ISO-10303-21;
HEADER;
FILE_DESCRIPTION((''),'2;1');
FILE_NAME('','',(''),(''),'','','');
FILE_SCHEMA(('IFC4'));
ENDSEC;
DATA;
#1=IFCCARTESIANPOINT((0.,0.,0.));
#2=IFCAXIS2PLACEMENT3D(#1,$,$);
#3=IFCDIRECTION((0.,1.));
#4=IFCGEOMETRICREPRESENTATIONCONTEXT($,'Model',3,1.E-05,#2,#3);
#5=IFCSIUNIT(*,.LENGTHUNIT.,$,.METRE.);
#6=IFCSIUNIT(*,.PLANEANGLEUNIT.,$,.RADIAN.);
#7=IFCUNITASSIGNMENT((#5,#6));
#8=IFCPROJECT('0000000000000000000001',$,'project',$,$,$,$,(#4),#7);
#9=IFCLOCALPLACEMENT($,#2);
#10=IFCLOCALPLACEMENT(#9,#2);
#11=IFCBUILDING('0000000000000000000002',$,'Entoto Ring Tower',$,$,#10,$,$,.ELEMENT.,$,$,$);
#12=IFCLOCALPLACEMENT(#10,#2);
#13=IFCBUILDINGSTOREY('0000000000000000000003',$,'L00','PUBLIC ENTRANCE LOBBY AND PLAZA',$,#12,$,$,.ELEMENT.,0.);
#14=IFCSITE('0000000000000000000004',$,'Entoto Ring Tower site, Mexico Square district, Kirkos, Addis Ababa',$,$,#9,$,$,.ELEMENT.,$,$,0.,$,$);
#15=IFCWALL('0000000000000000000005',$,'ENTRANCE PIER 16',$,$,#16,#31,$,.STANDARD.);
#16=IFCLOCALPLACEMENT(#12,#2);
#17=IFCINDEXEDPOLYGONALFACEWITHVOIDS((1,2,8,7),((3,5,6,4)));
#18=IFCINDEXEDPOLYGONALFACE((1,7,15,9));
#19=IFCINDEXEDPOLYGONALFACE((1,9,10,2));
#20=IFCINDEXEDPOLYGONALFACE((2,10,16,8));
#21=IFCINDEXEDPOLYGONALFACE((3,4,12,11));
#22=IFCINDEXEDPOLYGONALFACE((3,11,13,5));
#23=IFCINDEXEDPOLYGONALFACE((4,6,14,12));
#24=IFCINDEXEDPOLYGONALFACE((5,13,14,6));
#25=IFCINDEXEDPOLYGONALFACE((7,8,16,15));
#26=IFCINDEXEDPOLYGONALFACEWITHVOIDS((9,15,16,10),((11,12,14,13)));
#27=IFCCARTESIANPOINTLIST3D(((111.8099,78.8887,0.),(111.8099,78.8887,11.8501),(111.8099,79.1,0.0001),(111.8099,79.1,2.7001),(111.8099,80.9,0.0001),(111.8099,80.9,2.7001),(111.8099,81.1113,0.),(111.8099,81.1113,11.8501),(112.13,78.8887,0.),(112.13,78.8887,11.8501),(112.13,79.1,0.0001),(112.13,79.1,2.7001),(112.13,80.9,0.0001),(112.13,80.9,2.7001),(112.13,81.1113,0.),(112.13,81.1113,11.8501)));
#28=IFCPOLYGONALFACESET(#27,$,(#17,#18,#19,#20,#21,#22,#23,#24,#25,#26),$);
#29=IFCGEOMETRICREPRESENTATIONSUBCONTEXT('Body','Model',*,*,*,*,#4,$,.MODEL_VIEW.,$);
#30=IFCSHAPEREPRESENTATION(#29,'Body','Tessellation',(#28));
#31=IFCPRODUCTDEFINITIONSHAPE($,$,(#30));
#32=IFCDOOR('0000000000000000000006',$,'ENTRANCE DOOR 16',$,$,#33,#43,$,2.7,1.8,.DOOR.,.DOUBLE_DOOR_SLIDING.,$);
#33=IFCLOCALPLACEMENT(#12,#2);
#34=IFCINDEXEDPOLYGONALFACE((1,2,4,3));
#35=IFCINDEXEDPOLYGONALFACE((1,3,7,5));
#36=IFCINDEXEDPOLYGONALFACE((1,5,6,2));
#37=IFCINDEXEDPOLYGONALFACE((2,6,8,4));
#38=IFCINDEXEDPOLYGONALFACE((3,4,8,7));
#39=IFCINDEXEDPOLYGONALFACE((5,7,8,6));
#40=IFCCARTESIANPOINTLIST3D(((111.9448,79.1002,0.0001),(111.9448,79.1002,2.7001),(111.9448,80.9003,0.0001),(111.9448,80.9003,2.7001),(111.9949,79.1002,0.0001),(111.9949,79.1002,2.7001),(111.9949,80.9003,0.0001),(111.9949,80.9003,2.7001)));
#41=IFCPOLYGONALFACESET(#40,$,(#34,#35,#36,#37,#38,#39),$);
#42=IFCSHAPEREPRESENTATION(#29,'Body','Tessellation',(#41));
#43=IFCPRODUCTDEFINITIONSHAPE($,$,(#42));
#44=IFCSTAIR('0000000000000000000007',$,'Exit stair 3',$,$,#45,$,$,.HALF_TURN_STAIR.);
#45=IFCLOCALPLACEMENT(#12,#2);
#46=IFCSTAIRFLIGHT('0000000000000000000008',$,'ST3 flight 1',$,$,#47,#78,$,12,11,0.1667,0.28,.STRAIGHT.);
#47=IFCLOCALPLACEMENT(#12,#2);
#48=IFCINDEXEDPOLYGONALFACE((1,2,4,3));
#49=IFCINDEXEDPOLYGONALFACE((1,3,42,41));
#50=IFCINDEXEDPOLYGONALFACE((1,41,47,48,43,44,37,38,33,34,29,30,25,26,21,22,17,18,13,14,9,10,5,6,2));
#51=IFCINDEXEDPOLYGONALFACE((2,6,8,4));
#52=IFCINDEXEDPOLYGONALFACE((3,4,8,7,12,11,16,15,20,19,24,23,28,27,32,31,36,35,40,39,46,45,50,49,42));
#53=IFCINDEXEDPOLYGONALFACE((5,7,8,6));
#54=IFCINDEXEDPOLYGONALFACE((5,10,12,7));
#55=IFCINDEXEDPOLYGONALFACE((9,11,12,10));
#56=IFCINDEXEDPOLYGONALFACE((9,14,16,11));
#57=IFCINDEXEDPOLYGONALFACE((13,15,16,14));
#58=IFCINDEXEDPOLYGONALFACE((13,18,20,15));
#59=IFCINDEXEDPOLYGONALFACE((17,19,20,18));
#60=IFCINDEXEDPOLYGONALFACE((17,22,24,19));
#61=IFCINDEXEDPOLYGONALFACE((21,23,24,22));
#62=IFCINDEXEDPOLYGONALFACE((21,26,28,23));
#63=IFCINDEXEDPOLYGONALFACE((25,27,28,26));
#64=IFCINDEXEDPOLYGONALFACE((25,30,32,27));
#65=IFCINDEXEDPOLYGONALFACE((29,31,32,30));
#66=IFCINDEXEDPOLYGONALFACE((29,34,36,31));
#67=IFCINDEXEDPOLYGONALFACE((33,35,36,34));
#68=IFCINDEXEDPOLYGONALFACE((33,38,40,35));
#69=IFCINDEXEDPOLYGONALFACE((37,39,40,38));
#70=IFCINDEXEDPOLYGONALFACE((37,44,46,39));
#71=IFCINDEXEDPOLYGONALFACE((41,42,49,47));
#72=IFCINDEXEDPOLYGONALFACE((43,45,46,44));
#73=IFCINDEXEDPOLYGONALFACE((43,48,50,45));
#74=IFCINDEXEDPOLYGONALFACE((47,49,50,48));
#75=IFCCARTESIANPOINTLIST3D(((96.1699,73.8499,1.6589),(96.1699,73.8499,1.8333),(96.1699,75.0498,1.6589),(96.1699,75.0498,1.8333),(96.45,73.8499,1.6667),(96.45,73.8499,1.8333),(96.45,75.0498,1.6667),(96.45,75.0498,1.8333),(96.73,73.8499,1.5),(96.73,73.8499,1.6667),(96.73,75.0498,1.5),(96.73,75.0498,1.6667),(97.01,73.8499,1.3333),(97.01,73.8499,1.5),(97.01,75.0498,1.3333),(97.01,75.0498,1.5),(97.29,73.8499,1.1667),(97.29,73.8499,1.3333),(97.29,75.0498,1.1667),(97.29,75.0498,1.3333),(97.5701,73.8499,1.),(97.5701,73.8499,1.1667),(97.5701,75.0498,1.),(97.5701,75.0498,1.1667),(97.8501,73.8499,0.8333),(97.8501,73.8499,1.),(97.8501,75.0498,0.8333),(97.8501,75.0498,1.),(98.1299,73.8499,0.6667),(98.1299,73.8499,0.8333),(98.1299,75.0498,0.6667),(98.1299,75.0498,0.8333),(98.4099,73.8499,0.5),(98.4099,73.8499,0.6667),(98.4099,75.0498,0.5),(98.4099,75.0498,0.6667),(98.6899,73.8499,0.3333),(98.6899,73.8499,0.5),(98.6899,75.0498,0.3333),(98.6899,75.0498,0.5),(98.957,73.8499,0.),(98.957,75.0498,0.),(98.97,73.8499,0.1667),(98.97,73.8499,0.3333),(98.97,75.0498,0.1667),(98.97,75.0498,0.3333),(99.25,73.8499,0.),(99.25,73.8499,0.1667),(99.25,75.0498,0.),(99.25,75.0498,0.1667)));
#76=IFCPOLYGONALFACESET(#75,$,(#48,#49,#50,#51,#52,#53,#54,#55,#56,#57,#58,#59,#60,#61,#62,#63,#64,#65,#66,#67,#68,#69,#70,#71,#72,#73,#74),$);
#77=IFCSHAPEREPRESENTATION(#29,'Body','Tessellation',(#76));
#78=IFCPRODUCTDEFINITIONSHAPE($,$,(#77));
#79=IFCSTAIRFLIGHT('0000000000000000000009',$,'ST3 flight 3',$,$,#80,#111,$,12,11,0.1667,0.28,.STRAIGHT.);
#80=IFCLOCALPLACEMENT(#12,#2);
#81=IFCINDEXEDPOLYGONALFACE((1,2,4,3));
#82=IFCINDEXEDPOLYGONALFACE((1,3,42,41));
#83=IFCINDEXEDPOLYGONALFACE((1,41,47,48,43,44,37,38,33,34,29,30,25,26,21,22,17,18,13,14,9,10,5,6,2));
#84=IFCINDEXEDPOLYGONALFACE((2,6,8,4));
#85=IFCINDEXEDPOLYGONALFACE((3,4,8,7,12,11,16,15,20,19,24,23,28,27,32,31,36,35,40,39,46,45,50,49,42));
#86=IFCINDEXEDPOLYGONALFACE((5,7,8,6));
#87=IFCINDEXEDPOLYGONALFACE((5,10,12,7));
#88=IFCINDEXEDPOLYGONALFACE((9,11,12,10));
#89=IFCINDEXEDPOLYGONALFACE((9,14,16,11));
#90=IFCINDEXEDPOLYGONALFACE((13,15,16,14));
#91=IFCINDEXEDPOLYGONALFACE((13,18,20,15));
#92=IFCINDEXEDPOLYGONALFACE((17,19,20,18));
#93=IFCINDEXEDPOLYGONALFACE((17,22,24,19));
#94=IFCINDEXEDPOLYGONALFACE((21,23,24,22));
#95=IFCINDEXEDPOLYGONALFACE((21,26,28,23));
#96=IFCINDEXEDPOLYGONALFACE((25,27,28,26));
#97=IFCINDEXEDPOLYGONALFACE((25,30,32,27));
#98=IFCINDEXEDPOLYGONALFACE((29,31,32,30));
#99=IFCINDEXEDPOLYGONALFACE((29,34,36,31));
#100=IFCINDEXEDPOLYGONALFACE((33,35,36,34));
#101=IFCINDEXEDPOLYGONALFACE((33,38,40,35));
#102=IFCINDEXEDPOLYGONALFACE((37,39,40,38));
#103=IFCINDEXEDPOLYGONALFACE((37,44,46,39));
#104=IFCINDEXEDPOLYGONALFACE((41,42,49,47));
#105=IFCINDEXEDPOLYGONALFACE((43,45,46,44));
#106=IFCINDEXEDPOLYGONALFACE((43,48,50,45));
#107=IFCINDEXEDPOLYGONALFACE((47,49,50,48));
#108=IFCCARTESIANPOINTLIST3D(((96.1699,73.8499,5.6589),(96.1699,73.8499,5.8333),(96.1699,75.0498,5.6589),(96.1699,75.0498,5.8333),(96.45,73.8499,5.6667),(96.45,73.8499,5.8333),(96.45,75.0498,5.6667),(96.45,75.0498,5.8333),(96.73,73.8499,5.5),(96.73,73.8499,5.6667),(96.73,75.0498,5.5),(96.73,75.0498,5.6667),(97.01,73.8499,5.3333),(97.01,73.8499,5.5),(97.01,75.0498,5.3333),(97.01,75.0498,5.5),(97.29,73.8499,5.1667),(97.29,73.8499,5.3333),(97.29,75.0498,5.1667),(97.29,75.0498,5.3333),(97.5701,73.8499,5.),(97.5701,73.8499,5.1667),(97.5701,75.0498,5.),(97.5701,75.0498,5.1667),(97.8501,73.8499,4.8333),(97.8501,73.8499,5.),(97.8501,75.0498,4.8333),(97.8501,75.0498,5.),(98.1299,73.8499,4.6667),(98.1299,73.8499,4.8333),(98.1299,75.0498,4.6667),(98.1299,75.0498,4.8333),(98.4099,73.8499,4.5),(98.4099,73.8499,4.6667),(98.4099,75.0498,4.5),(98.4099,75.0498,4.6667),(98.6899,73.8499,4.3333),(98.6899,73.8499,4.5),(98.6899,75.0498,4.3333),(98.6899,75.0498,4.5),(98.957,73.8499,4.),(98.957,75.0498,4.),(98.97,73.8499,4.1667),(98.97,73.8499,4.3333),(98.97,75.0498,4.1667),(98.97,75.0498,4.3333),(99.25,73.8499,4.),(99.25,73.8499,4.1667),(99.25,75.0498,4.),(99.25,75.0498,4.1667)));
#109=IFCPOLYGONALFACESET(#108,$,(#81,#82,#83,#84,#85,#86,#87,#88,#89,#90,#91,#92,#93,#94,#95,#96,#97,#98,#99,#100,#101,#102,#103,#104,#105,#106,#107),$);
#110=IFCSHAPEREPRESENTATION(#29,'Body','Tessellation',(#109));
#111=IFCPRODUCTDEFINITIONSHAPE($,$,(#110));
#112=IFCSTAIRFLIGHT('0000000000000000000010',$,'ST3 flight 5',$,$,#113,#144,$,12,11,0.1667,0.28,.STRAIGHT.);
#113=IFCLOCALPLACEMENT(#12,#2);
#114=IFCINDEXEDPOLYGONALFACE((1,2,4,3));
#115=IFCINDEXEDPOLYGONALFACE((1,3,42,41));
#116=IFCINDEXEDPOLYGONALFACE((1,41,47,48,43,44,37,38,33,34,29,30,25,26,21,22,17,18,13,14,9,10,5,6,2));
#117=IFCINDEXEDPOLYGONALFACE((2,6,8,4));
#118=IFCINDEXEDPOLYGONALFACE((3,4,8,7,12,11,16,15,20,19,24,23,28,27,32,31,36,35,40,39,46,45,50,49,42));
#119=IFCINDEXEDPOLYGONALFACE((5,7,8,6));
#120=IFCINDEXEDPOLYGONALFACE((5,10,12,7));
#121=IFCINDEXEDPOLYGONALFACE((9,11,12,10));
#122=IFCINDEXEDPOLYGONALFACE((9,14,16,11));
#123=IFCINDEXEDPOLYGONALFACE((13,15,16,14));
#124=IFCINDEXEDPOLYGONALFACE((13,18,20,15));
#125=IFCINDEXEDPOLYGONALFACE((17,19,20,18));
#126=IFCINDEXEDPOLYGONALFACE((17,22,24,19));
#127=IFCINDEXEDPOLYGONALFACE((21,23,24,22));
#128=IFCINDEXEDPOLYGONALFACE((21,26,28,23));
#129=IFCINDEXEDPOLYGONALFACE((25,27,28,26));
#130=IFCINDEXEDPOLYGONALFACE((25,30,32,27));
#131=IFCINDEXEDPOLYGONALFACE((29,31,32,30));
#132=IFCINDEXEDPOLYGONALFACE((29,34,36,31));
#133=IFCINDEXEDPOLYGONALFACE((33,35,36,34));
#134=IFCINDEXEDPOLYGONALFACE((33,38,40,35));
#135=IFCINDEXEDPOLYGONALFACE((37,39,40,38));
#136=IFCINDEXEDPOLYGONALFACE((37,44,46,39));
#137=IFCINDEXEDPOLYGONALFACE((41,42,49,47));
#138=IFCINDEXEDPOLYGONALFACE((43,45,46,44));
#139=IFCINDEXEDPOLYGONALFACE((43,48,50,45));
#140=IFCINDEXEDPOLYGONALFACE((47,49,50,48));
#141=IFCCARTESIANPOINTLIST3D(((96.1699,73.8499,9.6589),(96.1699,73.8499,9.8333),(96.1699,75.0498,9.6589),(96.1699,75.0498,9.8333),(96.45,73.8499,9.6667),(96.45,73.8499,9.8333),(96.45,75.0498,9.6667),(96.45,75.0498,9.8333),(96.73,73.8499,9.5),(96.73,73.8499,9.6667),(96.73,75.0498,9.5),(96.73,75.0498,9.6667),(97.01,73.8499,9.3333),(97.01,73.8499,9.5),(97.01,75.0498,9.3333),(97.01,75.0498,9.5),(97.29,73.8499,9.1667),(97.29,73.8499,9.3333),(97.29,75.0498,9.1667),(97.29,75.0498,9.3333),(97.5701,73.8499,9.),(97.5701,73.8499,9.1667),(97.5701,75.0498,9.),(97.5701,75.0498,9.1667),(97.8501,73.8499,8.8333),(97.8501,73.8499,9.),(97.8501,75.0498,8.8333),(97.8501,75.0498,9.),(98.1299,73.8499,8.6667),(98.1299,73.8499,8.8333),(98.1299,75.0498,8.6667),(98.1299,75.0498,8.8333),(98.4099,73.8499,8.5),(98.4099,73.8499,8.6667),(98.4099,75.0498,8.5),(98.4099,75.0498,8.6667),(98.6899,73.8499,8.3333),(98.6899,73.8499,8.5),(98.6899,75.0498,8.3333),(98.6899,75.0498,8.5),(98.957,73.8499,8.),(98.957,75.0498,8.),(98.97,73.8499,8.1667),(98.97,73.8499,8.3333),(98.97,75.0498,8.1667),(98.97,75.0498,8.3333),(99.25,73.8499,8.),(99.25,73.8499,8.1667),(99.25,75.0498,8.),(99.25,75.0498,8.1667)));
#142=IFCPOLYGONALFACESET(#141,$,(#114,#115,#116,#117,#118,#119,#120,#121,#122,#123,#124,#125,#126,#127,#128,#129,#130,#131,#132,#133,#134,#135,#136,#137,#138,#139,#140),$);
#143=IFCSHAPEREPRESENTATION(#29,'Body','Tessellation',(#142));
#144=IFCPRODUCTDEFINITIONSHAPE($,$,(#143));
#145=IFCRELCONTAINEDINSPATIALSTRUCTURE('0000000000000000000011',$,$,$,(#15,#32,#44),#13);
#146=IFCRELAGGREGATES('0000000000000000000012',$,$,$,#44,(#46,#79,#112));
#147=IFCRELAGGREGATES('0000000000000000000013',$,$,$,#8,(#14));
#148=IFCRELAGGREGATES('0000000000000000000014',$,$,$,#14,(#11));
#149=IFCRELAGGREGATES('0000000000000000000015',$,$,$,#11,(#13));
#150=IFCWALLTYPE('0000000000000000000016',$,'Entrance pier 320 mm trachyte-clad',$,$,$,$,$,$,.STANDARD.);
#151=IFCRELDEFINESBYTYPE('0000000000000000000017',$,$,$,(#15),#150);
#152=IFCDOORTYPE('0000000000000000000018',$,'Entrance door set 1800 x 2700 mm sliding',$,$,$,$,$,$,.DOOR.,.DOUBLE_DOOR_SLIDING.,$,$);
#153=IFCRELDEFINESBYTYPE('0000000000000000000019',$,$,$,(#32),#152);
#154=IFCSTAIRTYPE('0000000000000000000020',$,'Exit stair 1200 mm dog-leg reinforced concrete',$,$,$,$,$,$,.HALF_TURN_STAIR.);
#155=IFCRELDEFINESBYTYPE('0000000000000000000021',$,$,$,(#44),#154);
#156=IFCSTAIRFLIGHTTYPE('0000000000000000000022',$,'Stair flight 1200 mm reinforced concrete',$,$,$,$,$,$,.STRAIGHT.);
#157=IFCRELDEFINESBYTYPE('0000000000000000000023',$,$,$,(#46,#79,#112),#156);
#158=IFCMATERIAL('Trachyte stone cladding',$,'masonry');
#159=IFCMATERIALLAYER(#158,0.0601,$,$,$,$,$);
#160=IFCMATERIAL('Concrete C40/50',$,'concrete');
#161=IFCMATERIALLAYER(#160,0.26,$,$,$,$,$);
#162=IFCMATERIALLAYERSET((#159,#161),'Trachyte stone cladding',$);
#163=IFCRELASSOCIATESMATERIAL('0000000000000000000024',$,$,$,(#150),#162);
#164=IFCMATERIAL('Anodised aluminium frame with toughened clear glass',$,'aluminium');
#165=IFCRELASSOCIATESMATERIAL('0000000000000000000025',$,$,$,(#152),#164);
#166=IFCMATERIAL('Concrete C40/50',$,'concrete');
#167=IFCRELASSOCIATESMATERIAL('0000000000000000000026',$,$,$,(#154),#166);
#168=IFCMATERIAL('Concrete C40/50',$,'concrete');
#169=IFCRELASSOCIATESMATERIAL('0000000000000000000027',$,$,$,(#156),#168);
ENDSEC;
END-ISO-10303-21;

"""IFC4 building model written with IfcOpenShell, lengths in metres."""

from ifc_helpers import new_model, si_unit, direction, frame, frame_2d, origin, place, context, subcontext, project, spatial, polyline, rectangle, outline, extrude, material, layer, layer_set, type_object, element, fill, aggregate, save


model = new_model("IFC4")

# Units and contexts
model_context = context("Model", 3, precision=1e-05, world=origin(), true_north=direction((0.0, 1.0)))
body_context = subcontext(model_context, "Body", "Model", "MODEL_VIEW")
ifc_project = project(units=[si_unit("LENGTHUNIT", "METRE"), si_unit("PLANEANGLEUNIT", "RADIAN")], contexts=[model_context])

# Site, building, storey
site_placement = place(None, origin())
site = spatial("IfcSite", under=ifc_project, at=site_placement, Name="Entoto Ring Tower site, Mexico Square district, Kirkos, Addis Ababa", CompositionType="ELEMENT", RefElevation=0.0)
building_placement = place(site_placement, origin())
building = spatial("IfcBuilding", under=site, at=building_placement, Name="Entoto Ring Tower", CompositionType="ELEMENT")
storey_placement = place(building_placement, origin())
storey = spatial("IfcBuildingStorey", under=building, at=storey_placement, Name="L00", Description="PUBLIC ENTRANCE LOBBY AND PLAZA", CompositionType="ELEMENT", Elevation=0.0)

# Wall, opening, door
ifc_material_1 = material(Name="Trachyte stone cladding", Category="masonry")
ifc_layer_1 = layer(ifc_material_1, 0.0601)
ifc_material_2 = material(Name="Concrete C40/50", Category="concrete")
ifc_layer_2 = layer(ifc_material_2, 0.26)
ifc_layer_set_1 = layer_set([ifc_layer_1, ifc_layer_2], Name="Trachyte stone cladding")
wall_type_1 = type_object("IfcWallType", Name="Entrance pier 320 mm trachyte-clad", PredefinedType="STANDARD", material=ifc_layer_set_1)
ifc_material_3 = material(Name="Anodised aluminium frame with toughened clear glass", Category="aluminium")
door_type_1 = type_object("IfcDoorType", Name="Entrance door set 1800 x 2700 mm sliding", OperationType="DOUBLE_DOOR_SLIDING", PredefinedType="DOOR", material=ifc_material_3)
wall_1_placement = place(storey_placement, frame((111.97, 78.8887, 0.0), z_axis=(0.0, 0.0, 1.0), x_axis=(0.0, 1.0, 0.0)))
wall_1 = element("IfcWall", 1, at=wall_1_placement, inside=storey, type_object=wall_type_1, Name="ENTRANCE PIER 16", PredefinedType="STANDARD", context=body_context, shape_type="SweptSolid", body=[
    extrude(rectangle(XDim=2.2227, YDim=0.3201, at=frame_2d((1.1113, 0.0))), origin(), (0.0, 0.0, 1.0), 11.8501),
])
opening_1_placement = place(wall_1_placement, frame((0.2114, 0.0, 0.0)))
opening_1 = element("IfcOpeningElement", 2, at=opening_1_placement, cuts=wall_1, PredefinedType="OPENING", context=body_context, shape_type="SweptSolid", body=[
    extrude(rectangle(XDim=1.8, YDim=2.7, at=frame_2d((0.8999, 1.3501))), frame((0.0, 0.1699, 0.0), z_axis=(0.0, -1.0, 0.0), x_axis=(1.0, 0.0, 0.0)), (0.0, 0.0, 1.0), 0.3401),
])
door_1_placement = place(opening_1_placement, frame((1.8, 0.0, 0.0), z_axis=(0.0, 0.0, 1.0), x_axis=(-1.0, 0.0, 0.0)))
door_1 = element("IfcDoor", 3, at=door_1_placement, inside=storey, type_object=door_type_1, Name="ENTRANCE DOOR 16", OperationType="DOUBLE_DOOR_SLIDING", OverallHeight=2.7, OverallWidth=1.8, PredefinedType="DOOR", context=body_context, shape_type="SweptSolid", body=[
    extrude(rectangle(XDim=1.8, YDim=2.7, at=frame_2d((0.8999, 1.3501))), frame((0.0, 0.0249, 0.0), z_axis=(0.0, -1.0, 0.0), x_axis=(1.0, 0.0, 0.0)), (0.0, 0.0, 1.0), 0.05),
])
fill(opening_1, door_1)

# Stair, stair flights
ifc_material_4 = material(Name="Concrete C40/50", Category="concrete")
stair_type = type_object("IfcStairType", Name="Exit stair 1200 mm dog-leg reinforced concrete", PredefinedType="HALF_TURN_STAIR", material=ifc_material_4)
stair_placement = place(storey_placement, origin())
stair = element("IfcStair", 4, at=stair_placement, inside=storey, type_object=stair_type, Name="Exit stair 3", PredefinedType="HALF_TURN_STAIR")
ifc_material_5 = material(Name="Concrete C40/50", Category="concrete")
stair_flight_type = type_object("IfcStairFlightType", Name="Stair flight 1200 mm reinforced concrete", PredefinedType="STRAIGHT", material=ifc_material_5)
stair_flight_1_placement = place(storey_placement, frame((99.25, 74.45, 0.0), z_axis=(0.0, 0.0, 1.0), x_axis=(-1.0, 0.0, 0.0)))
stair_flight_1 = element("IfcStairFlight", 5, at=stair_flight_1_placement, type_object=stair_flight_type, Name="ST3 flight 1", NumberOfRisers=12, NumberOfTreads=11, PredefinedType="STRAIGHT", RiserHeight=0.1667, TreadLength=0.28, context=body_context, shape_type="SweptSolid", body=[
    extrude(outline(polyline([(0.0, 0.0), (0.0, 0.1667), (0.28, 0.1667), (0.28, 0.3333), (0.5601, 0.3333), (0.5601, 0.5), (0.8401, 0.5), (0.8401, 0.6667), (1.1201, 0.6667), (1.1201, 0.8333), (1.3999, 0.8333), (1.3999, 1.0), (1.6799, 1.0), (1.6799, 1.1667), (1.96, 1.1667), (1.96, 1.3333), (2.24, 1.3333), (2.24, 1.5), (2.52, 1.5), (2.52, 1.6667), (2.8, 1.6667), (2.8, 1.8333), (3.0801, 1.8333), (3.0801, 2.0), (3.0801, 1.6589), (0.293, 0.0), (0.0, 0.0)])), frame((0.0, 0.6001, 0.0), z_axis=(0.0, -1.0, 0.0), x_axis=(1.0, 0.0, 0.0)), (0.0, 0.0, 1.0), 1.2),
])
stair_flight_2_placement = place(storey_placement, frame((99.25, 74.45, 4.0), z_axis=(0.0, 0.0, 1.0), x_axis=(-1.0, 0.0, 0.0)))
stair_flight_2 = element("IfcStairFlight", 6, at=stair_flight_2_placement, type_object=stair_flight_type, Name="ST3 flight 3", NumberOfRisers=12, NumberOfTreads=11, PredefinedType="STRAIGHT", RiserHeight=0.1667, TreadLength=0.28, context=body_context, shape_type="SweptSolid", body=[
    extrude(outline(polyline([(0.0, 0.0), (0.0, 0.1667), (0.28, 0.1667), (0.28, 0.3333), (0.5601, 0.3333), (0.5601, 0.5), (0.8401, 0.5), (0.8401, 0.6667), (1.1201, 0.6667), (1.1201, 0.8333), (1.3999, 0.8333), (1.3999, 1.0), (1.6799, 1.0), (1.6799, 1.1667), (1.96, 1.1667), (1.96, 1.3333), (2.24, 1.3333), (2.24, 1.5), (2.52, 1.5), (2.52, 1.6667), (2.8, 1.6667), (2.8, 1.8333), (3.0801, 1.8333), (3.0801, 2.0), (3.0801, 1.6589), (0.293, 0.0), (0.0, 0.0)])), frame((0.0, 0.6001, 0.0), z_axis=(0.0, -1.0, 0.0), x_axis=(1.0, 0.0, 0.0)), (0.0, 0.0, 1.0), 1.2),
])
stair_flight_3_placement = place(storey_placement, frame((99.25, 74.45, 8.0), z_axis=(0.0, 0.0, 1.0), x_axis=(-1.0, 0.0, 0.0)))
stair_flight_3 = element("IfcStairFlight", 7, at=stair_flight_3_placement, type_object=stair_flight_type, Name="ST3 flight 5", NumberOfRisers=12, NumberOfTreads=11, PredefinedType="STRAIGHT", RiserHeight=0.1667, TreadLength=0.28, context=body_context, shape_type="SweptSolid", body=[
    extrude(outline(polyline([(0.0, 0.0), (0.0, 0.1667), (0.28, 0.1667), (0.28, 0.3333), (0.5601, 0.3333), (0.5601, 0.5), (0.8401, 0.5), (0.8401, 0.6667), (1.1201, 0.6667), (1.1201, 0.8333), (1.3999, 0.8333), (1.3999, 1.0), (1.6799, 1.0), (1.6799, 1.1667), (1.96, 1.1667), (1.96, 1.3333), (2.24, 1.3333), (2.24, 1.5), (2.52, 1.5), (2.52, 1.6667), (2.8, 1.6667), (2.8, 1.8333), (3.0801, 1.8333), (3.0801, 2.0), (3.0801, 1.6589), (0.293, 0.0), (0.0, 0.0)])), frame((0.0, 0.6001, 0.0), z_axis=(0.0, -1.0, 0.0), x_axis=(1.0, 0.0, 0.0)), (0.0, 0.0, 1.0), 1.2),
])
aggregate(stair, [stair_flight_1, stair_flight_2, stair_flight_3])

save(model, "model.ifc")
